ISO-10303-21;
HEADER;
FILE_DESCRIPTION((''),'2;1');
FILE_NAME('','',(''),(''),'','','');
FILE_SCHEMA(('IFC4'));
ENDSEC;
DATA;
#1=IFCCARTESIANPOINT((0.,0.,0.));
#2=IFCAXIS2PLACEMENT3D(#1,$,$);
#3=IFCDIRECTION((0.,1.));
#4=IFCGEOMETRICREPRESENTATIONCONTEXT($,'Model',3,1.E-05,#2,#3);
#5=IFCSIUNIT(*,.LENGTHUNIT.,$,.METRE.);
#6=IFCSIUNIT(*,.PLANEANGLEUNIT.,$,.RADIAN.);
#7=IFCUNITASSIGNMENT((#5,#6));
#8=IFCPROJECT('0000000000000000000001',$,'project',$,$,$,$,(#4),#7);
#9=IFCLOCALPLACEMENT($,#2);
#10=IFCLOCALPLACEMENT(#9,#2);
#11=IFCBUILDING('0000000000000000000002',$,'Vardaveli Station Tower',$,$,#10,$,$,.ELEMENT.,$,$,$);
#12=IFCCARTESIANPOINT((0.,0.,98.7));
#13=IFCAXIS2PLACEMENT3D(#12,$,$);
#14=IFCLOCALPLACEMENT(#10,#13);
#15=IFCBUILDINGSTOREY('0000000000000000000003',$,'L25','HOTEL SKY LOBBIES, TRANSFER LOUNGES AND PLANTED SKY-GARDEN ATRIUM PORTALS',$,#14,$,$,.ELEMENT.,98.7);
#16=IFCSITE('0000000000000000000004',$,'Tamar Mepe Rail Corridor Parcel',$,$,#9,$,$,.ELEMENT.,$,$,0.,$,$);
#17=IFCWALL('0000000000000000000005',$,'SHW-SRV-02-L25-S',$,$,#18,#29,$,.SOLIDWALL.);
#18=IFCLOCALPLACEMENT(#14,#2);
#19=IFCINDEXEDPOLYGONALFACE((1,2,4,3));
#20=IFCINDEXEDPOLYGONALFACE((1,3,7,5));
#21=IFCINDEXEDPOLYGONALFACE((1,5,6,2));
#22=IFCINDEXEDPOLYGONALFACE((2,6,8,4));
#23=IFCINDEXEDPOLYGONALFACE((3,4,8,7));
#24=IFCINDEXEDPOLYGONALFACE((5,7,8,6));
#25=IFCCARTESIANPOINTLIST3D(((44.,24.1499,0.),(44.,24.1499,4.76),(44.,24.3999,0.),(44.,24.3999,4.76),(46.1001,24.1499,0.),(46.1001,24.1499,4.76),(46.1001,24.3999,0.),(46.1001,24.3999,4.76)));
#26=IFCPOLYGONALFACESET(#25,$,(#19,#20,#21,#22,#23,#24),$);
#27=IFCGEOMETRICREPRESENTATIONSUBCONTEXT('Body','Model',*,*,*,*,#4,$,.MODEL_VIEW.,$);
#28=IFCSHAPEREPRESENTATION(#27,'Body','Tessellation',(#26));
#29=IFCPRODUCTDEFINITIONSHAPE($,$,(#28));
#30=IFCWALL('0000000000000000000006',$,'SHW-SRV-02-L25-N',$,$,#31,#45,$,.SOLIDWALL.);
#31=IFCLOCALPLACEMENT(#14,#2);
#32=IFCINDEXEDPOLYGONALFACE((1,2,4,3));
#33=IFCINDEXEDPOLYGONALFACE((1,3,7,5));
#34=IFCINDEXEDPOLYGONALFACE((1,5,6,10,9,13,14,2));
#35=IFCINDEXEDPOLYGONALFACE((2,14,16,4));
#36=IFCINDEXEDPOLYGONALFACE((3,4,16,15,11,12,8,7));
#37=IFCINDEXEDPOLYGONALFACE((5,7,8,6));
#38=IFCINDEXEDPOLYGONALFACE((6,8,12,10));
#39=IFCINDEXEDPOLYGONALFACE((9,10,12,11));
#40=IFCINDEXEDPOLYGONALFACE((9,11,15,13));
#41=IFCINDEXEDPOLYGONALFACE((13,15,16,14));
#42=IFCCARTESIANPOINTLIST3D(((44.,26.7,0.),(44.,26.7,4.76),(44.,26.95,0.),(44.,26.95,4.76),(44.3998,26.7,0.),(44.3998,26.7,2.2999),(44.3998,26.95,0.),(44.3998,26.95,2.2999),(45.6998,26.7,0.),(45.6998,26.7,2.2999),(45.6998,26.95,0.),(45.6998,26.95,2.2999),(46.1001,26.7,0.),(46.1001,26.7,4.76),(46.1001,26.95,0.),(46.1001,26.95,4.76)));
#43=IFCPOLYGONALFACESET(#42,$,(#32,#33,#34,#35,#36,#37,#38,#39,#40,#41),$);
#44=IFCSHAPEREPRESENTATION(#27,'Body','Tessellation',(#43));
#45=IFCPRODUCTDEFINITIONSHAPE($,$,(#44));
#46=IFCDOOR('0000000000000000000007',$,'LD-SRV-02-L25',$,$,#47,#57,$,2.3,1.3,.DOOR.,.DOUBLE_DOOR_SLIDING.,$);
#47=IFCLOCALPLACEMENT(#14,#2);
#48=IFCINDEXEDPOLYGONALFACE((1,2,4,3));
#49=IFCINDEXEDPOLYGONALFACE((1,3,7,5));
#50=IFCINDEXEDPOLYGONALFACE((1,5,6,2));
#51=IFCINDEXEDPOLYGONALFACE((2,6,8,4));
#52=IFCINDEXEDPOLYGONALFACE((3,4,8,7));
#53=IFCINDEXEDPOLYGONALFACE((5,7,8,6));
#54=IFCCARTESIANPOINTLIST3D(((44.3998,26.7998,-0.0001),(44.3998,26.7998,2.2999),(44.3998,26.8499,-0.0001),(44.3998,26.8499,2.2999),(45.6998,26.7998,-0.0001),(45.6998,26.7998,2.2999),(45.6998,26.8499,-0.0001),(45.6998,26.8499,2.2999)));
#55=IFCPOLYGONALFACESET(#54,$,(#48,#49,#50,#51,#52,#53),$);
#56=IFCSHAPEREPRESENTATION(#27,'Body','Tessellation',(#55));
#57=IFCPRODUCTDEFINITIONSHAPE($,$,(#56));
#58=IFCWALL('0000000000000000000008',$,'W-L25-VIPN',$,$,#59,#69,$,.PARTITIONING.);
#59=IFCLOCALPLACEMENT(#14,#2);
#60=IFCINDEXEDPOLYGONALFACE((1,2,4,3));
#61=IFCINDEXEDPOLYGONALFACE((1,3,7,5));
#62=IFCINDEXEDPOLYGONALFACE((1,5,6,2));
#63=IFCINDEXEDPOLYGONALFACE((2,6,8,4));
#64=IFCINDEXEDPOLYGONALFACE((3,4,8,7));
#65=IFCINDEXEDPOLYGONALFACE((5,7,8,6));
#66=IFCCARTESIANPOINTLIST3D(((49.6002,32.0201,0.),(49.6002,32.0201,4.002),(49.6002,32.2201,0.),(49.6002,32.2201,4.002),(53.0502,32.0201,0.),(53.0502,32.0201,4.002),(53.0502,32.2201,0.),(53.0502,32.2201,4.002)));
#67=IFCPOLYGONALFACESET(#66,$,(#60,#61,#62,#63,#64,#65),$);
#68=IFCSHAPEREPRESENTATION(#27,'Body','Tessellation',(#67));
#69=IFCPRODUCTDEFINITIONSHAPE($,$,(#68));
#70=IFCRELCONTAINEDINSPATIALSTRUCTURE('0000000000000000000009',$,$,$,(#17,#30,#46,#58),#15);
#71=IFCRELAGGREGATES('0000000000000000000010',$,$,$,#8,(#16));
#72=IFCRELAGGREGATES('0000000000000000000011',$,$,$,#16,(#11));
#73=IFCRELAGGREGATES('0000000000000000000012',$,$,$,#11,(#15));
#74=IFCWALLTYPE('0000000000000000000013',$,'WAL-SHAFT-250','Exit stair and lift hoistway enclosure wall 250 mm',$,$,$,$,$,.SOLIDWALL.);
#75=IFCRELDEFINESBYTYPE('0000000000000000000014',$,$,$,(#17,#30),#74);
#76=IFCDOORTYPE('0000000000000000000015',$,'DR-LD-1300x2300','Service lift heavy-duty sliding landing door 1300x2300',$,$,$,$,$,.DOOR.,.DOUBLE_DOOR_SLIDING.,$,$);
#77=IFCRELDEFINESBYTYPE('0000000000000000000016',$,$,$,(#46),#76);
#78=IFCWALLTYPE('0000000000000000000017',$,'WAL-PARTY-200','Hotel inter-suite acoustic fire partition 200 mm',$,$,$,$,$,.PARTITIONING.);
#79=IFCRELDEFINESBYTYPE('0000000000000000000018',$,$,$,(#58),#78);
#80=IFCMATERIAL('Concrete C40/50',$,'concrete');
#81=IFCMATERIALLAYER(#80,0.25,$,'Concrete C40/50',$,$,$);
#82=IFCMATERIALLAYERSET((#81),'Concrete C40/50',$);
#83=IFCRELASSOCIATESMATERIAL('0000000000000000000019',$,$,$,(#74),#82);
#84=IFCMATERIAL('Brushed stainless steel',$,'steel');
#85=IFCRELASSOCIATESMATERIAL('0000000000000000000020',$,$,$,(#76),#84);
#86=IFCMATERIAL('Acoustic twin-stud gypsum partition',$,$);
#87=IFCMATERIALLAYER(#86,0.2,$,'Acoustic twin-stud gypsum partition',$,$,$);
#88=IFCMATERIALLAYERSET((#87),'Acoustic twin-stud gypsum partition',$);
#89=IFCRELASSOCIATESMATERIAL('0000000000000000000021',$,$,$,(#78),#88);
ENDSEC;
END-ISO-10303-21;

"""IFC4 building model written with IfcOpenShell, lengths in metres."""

from ifc_helpers import new_model, si_unit, direction, frame, frame_2d, origin, place, context, subcontext, project, spatial, rectangle, extrude, source, transform, mapped, material, layer, layer_set, type_object, element, fill, save


model = new_model("IFC4")

# Units and contexts
model_context = context("Model", 3, precision=1e-05, world=origin(), true_north=direction((0.0, 1.0)))
body_context = subcontext(model_context, "Body", "Model", "MODEL_VIEW")
ifc_project = project(units=[si_unit("LENGTHUNIT", "METRE"), si_unit("PLANEANGLEUNIT", "RADIAN")], contexts=[model_context])

# Site, building, storey
site_placement = place(None, origin())
site = spatial("IfcSite", under=ifc_project, at=site_placement, Name="Tamar Mepe Rail Corridor Parcel", CompositionType="ELEMENT", RefElevation=0.0)
building_placement = place(site_placement, origin())
building = spatial("IfcBuilding", under=site, at=building_placement, Name="Vardaveli Station Tower", CompositionType="ELEMENT")
storey_placement = place(building_placement, frame((0.0, 0.0, 98.7)))
storey = spatial("IfcBuildingStorey", under=building, at=storey_placement, Name="L25", Description="HOTEL SKY LOBBIES, TRANSFER LOUNGES AND PLANTED SKY-GARDEN ATRIUM PORTALS", CompositionType="ELEMENT", Elevation=98.7)

# Shared definitions
ifc_material_1 = material(Name="Concrete C40/50", Category="concrete")
ifc_layer_1 = layer(ifc_material_1, 0.25, Name="Concrete C40/50")
ifc_layer_set_1 = layer_set([ifc_layer_1], Name="Concrete C40/50")
wall_type_1 = type_object("IfcWallType", Name="WAL-SHAFT-250", Description="Exit stair and lift hoistway enclosure wall 250 mm", PredefinedType="SOLIDWALL", material=ifc_layer_set_1)

# Shared definitions
shared_shape_1 = source(origin(), body_context, "Body", "SweptSolid", [
    extrude(rectangle(XDim=1.3, YDim=2.3, at=frame_2d((0.6499, 1.1499))), frame((0.0, 0.135, 0.0), z_axis=(0.0, -1.0, 0.0), x_axis=(1.0, 0.0, 0.0)), (0.0, 0.0, 1.0), 0.27),
])
ifc_material_2 = material(Name="Brushed stainless steel", Category="steel")
door_type_1 = type_object("IfcDoorType", Name="DR-LD-1300x2300", Description="Service lift heavy-duty sliding landing door 1300x2300", OperationType="DOUBLE_DOOR_SLIDING", PredefinedType="DOOR", material=ifc_material_2)
shared_shape_2 = source(origin(), body_context, "Body", "SweptSolid", [
    extrude(rectangle(XDim=1.3, YDim=2.3, at=frame_2d((0.6499, 1.1499))), frame((0.0, 0.0249, 0.0), z_axis=(0.0, -1.0, 0.0), x_axis=(1.0, 0.0, 0.0)), (0.0, 0.0, 1.0), 0.05),
])

# Wall
shared_shape_3 = source(origin(), body_context, "Body", "SweptSolid", [
    extrude(rectangle(XDim=2.1001, YDim=0.25, at=frame_2d((1.05, 0.0))), origin(), (0.0, 0.0, 1.0), 4.76),
])
wall_1_placement = place(storey_placement, frame((44.0, 24.2749, 0.0), z_axis=(0.0, 0.0, 1.0), x_axis=(1.0, 0.0, 0.0)))
element("IfcWall", 1, at=wall_1_placement, inside=storey, type_object=wall_type_1, Name="SHW-SRV-02-L25-S", PredefinedType="SOLIDWALL", context=body_context, shape_type="MappedRepresentation", body=[
    mapped(shared_shape_3, transform((0.0, 0.0, 0.0), scale=1.0)),
])

# Wall, opening, door
wall_2_placement = place(storey_placement, frame((44.0, 26.825, 0.0), z_axis=(0.0, 0.0, 1.0), x_axis=(1.0, 0.0, 0.0)))
wall_2 = element("IfcWall", 2, at=wall_2_placement, inside=storey, type_object=wall_type_1, Name="SHW-SRV-02-L25-N", PredefinedType="SOLIDWALL", context=body_context, shape_type="MappedRepresentation", body=[
    mapped(shared_shape_3, transform((0.0, 0.0, 0.0), scale=1.0)),
])
opening_1_placement = place(wall_2_placement, frame((0.3999, 0.0, 0.0)))
opening_1 = element("IfcOpeningElement", 3, at=opening_1_placement, cuts=wall_2, PredefinedType="OPENING", context=body_context, shape_type="MappedRepresentation", body=[
    mapped(shared_shape_1, transform((0.0, 0.0, 0.0), scale=1.0)),
])
door_1_placement = place(opening_1_placement, origin())
door_1 = element("IfcDoor", 4, at=door_1_placement, inside=storey, type_object=door_type_1, Name="LD-SRV-02-L25", OperationType="DOUBLE_DOOR_SLIDING", OverallHeight=2.3, OverallWidth=1.3, PredefinedType="DOOR", context=body_context, shape_type="MappedRepresentation", body=[
    mapped(shared_shape_2, transform((0.0, 0.0, 0.0), scale=1.0)),
])
fill(opening_1, door_1)

# Wall
ifc_material_3 = material(Name="Acoustic twin-stud gypsum partition")
ifc_layer_2 = layer(ifc_material_3, 0.2, Name="Acoustic twin-stud gypsum partition")
ifc_layer_set_2 = layer_set([ifc_layer_2], Name="Acoustic twin-stud gypsum partition")
wall_type_2 = type_object("IfcWallType", Name="WAL-PARTY-200", Description="Hotel inter-suite acoustic fire partition 200 mm", PredefinedType="PARTITIONING", material=ifc_layer_set_2)
shared_shape_4 = source(origin(), body_context, "Body", "SweptSolid", [
    extrude(rectangle(XDim=3.45, YDim=0.2, at=frame_2d((1.7251, 0.0))), origin(), (0.0, 0.0, 1.0), 4.002),
])
wall_3_placement = place(storey_placement, frame((49.6001, 32.1201, 0.0), z_axis=(0.0, 0.0, 1.0), x_axis=(1.0, 0.0, 0.0)))
element("IfcWall", 5, at=wall_3_placement, inside=storey, type_object=wall_type_2, Name="W-L25-VIPN", PredefinedType="PARTITIONING", context=body_context, shape_type="MappedRepresentation", body=[
    mapped(shared_shape_4, transform((0.0, 0.0, 0.0), scale=1.0)),
])

save(model, "model.ifc")
